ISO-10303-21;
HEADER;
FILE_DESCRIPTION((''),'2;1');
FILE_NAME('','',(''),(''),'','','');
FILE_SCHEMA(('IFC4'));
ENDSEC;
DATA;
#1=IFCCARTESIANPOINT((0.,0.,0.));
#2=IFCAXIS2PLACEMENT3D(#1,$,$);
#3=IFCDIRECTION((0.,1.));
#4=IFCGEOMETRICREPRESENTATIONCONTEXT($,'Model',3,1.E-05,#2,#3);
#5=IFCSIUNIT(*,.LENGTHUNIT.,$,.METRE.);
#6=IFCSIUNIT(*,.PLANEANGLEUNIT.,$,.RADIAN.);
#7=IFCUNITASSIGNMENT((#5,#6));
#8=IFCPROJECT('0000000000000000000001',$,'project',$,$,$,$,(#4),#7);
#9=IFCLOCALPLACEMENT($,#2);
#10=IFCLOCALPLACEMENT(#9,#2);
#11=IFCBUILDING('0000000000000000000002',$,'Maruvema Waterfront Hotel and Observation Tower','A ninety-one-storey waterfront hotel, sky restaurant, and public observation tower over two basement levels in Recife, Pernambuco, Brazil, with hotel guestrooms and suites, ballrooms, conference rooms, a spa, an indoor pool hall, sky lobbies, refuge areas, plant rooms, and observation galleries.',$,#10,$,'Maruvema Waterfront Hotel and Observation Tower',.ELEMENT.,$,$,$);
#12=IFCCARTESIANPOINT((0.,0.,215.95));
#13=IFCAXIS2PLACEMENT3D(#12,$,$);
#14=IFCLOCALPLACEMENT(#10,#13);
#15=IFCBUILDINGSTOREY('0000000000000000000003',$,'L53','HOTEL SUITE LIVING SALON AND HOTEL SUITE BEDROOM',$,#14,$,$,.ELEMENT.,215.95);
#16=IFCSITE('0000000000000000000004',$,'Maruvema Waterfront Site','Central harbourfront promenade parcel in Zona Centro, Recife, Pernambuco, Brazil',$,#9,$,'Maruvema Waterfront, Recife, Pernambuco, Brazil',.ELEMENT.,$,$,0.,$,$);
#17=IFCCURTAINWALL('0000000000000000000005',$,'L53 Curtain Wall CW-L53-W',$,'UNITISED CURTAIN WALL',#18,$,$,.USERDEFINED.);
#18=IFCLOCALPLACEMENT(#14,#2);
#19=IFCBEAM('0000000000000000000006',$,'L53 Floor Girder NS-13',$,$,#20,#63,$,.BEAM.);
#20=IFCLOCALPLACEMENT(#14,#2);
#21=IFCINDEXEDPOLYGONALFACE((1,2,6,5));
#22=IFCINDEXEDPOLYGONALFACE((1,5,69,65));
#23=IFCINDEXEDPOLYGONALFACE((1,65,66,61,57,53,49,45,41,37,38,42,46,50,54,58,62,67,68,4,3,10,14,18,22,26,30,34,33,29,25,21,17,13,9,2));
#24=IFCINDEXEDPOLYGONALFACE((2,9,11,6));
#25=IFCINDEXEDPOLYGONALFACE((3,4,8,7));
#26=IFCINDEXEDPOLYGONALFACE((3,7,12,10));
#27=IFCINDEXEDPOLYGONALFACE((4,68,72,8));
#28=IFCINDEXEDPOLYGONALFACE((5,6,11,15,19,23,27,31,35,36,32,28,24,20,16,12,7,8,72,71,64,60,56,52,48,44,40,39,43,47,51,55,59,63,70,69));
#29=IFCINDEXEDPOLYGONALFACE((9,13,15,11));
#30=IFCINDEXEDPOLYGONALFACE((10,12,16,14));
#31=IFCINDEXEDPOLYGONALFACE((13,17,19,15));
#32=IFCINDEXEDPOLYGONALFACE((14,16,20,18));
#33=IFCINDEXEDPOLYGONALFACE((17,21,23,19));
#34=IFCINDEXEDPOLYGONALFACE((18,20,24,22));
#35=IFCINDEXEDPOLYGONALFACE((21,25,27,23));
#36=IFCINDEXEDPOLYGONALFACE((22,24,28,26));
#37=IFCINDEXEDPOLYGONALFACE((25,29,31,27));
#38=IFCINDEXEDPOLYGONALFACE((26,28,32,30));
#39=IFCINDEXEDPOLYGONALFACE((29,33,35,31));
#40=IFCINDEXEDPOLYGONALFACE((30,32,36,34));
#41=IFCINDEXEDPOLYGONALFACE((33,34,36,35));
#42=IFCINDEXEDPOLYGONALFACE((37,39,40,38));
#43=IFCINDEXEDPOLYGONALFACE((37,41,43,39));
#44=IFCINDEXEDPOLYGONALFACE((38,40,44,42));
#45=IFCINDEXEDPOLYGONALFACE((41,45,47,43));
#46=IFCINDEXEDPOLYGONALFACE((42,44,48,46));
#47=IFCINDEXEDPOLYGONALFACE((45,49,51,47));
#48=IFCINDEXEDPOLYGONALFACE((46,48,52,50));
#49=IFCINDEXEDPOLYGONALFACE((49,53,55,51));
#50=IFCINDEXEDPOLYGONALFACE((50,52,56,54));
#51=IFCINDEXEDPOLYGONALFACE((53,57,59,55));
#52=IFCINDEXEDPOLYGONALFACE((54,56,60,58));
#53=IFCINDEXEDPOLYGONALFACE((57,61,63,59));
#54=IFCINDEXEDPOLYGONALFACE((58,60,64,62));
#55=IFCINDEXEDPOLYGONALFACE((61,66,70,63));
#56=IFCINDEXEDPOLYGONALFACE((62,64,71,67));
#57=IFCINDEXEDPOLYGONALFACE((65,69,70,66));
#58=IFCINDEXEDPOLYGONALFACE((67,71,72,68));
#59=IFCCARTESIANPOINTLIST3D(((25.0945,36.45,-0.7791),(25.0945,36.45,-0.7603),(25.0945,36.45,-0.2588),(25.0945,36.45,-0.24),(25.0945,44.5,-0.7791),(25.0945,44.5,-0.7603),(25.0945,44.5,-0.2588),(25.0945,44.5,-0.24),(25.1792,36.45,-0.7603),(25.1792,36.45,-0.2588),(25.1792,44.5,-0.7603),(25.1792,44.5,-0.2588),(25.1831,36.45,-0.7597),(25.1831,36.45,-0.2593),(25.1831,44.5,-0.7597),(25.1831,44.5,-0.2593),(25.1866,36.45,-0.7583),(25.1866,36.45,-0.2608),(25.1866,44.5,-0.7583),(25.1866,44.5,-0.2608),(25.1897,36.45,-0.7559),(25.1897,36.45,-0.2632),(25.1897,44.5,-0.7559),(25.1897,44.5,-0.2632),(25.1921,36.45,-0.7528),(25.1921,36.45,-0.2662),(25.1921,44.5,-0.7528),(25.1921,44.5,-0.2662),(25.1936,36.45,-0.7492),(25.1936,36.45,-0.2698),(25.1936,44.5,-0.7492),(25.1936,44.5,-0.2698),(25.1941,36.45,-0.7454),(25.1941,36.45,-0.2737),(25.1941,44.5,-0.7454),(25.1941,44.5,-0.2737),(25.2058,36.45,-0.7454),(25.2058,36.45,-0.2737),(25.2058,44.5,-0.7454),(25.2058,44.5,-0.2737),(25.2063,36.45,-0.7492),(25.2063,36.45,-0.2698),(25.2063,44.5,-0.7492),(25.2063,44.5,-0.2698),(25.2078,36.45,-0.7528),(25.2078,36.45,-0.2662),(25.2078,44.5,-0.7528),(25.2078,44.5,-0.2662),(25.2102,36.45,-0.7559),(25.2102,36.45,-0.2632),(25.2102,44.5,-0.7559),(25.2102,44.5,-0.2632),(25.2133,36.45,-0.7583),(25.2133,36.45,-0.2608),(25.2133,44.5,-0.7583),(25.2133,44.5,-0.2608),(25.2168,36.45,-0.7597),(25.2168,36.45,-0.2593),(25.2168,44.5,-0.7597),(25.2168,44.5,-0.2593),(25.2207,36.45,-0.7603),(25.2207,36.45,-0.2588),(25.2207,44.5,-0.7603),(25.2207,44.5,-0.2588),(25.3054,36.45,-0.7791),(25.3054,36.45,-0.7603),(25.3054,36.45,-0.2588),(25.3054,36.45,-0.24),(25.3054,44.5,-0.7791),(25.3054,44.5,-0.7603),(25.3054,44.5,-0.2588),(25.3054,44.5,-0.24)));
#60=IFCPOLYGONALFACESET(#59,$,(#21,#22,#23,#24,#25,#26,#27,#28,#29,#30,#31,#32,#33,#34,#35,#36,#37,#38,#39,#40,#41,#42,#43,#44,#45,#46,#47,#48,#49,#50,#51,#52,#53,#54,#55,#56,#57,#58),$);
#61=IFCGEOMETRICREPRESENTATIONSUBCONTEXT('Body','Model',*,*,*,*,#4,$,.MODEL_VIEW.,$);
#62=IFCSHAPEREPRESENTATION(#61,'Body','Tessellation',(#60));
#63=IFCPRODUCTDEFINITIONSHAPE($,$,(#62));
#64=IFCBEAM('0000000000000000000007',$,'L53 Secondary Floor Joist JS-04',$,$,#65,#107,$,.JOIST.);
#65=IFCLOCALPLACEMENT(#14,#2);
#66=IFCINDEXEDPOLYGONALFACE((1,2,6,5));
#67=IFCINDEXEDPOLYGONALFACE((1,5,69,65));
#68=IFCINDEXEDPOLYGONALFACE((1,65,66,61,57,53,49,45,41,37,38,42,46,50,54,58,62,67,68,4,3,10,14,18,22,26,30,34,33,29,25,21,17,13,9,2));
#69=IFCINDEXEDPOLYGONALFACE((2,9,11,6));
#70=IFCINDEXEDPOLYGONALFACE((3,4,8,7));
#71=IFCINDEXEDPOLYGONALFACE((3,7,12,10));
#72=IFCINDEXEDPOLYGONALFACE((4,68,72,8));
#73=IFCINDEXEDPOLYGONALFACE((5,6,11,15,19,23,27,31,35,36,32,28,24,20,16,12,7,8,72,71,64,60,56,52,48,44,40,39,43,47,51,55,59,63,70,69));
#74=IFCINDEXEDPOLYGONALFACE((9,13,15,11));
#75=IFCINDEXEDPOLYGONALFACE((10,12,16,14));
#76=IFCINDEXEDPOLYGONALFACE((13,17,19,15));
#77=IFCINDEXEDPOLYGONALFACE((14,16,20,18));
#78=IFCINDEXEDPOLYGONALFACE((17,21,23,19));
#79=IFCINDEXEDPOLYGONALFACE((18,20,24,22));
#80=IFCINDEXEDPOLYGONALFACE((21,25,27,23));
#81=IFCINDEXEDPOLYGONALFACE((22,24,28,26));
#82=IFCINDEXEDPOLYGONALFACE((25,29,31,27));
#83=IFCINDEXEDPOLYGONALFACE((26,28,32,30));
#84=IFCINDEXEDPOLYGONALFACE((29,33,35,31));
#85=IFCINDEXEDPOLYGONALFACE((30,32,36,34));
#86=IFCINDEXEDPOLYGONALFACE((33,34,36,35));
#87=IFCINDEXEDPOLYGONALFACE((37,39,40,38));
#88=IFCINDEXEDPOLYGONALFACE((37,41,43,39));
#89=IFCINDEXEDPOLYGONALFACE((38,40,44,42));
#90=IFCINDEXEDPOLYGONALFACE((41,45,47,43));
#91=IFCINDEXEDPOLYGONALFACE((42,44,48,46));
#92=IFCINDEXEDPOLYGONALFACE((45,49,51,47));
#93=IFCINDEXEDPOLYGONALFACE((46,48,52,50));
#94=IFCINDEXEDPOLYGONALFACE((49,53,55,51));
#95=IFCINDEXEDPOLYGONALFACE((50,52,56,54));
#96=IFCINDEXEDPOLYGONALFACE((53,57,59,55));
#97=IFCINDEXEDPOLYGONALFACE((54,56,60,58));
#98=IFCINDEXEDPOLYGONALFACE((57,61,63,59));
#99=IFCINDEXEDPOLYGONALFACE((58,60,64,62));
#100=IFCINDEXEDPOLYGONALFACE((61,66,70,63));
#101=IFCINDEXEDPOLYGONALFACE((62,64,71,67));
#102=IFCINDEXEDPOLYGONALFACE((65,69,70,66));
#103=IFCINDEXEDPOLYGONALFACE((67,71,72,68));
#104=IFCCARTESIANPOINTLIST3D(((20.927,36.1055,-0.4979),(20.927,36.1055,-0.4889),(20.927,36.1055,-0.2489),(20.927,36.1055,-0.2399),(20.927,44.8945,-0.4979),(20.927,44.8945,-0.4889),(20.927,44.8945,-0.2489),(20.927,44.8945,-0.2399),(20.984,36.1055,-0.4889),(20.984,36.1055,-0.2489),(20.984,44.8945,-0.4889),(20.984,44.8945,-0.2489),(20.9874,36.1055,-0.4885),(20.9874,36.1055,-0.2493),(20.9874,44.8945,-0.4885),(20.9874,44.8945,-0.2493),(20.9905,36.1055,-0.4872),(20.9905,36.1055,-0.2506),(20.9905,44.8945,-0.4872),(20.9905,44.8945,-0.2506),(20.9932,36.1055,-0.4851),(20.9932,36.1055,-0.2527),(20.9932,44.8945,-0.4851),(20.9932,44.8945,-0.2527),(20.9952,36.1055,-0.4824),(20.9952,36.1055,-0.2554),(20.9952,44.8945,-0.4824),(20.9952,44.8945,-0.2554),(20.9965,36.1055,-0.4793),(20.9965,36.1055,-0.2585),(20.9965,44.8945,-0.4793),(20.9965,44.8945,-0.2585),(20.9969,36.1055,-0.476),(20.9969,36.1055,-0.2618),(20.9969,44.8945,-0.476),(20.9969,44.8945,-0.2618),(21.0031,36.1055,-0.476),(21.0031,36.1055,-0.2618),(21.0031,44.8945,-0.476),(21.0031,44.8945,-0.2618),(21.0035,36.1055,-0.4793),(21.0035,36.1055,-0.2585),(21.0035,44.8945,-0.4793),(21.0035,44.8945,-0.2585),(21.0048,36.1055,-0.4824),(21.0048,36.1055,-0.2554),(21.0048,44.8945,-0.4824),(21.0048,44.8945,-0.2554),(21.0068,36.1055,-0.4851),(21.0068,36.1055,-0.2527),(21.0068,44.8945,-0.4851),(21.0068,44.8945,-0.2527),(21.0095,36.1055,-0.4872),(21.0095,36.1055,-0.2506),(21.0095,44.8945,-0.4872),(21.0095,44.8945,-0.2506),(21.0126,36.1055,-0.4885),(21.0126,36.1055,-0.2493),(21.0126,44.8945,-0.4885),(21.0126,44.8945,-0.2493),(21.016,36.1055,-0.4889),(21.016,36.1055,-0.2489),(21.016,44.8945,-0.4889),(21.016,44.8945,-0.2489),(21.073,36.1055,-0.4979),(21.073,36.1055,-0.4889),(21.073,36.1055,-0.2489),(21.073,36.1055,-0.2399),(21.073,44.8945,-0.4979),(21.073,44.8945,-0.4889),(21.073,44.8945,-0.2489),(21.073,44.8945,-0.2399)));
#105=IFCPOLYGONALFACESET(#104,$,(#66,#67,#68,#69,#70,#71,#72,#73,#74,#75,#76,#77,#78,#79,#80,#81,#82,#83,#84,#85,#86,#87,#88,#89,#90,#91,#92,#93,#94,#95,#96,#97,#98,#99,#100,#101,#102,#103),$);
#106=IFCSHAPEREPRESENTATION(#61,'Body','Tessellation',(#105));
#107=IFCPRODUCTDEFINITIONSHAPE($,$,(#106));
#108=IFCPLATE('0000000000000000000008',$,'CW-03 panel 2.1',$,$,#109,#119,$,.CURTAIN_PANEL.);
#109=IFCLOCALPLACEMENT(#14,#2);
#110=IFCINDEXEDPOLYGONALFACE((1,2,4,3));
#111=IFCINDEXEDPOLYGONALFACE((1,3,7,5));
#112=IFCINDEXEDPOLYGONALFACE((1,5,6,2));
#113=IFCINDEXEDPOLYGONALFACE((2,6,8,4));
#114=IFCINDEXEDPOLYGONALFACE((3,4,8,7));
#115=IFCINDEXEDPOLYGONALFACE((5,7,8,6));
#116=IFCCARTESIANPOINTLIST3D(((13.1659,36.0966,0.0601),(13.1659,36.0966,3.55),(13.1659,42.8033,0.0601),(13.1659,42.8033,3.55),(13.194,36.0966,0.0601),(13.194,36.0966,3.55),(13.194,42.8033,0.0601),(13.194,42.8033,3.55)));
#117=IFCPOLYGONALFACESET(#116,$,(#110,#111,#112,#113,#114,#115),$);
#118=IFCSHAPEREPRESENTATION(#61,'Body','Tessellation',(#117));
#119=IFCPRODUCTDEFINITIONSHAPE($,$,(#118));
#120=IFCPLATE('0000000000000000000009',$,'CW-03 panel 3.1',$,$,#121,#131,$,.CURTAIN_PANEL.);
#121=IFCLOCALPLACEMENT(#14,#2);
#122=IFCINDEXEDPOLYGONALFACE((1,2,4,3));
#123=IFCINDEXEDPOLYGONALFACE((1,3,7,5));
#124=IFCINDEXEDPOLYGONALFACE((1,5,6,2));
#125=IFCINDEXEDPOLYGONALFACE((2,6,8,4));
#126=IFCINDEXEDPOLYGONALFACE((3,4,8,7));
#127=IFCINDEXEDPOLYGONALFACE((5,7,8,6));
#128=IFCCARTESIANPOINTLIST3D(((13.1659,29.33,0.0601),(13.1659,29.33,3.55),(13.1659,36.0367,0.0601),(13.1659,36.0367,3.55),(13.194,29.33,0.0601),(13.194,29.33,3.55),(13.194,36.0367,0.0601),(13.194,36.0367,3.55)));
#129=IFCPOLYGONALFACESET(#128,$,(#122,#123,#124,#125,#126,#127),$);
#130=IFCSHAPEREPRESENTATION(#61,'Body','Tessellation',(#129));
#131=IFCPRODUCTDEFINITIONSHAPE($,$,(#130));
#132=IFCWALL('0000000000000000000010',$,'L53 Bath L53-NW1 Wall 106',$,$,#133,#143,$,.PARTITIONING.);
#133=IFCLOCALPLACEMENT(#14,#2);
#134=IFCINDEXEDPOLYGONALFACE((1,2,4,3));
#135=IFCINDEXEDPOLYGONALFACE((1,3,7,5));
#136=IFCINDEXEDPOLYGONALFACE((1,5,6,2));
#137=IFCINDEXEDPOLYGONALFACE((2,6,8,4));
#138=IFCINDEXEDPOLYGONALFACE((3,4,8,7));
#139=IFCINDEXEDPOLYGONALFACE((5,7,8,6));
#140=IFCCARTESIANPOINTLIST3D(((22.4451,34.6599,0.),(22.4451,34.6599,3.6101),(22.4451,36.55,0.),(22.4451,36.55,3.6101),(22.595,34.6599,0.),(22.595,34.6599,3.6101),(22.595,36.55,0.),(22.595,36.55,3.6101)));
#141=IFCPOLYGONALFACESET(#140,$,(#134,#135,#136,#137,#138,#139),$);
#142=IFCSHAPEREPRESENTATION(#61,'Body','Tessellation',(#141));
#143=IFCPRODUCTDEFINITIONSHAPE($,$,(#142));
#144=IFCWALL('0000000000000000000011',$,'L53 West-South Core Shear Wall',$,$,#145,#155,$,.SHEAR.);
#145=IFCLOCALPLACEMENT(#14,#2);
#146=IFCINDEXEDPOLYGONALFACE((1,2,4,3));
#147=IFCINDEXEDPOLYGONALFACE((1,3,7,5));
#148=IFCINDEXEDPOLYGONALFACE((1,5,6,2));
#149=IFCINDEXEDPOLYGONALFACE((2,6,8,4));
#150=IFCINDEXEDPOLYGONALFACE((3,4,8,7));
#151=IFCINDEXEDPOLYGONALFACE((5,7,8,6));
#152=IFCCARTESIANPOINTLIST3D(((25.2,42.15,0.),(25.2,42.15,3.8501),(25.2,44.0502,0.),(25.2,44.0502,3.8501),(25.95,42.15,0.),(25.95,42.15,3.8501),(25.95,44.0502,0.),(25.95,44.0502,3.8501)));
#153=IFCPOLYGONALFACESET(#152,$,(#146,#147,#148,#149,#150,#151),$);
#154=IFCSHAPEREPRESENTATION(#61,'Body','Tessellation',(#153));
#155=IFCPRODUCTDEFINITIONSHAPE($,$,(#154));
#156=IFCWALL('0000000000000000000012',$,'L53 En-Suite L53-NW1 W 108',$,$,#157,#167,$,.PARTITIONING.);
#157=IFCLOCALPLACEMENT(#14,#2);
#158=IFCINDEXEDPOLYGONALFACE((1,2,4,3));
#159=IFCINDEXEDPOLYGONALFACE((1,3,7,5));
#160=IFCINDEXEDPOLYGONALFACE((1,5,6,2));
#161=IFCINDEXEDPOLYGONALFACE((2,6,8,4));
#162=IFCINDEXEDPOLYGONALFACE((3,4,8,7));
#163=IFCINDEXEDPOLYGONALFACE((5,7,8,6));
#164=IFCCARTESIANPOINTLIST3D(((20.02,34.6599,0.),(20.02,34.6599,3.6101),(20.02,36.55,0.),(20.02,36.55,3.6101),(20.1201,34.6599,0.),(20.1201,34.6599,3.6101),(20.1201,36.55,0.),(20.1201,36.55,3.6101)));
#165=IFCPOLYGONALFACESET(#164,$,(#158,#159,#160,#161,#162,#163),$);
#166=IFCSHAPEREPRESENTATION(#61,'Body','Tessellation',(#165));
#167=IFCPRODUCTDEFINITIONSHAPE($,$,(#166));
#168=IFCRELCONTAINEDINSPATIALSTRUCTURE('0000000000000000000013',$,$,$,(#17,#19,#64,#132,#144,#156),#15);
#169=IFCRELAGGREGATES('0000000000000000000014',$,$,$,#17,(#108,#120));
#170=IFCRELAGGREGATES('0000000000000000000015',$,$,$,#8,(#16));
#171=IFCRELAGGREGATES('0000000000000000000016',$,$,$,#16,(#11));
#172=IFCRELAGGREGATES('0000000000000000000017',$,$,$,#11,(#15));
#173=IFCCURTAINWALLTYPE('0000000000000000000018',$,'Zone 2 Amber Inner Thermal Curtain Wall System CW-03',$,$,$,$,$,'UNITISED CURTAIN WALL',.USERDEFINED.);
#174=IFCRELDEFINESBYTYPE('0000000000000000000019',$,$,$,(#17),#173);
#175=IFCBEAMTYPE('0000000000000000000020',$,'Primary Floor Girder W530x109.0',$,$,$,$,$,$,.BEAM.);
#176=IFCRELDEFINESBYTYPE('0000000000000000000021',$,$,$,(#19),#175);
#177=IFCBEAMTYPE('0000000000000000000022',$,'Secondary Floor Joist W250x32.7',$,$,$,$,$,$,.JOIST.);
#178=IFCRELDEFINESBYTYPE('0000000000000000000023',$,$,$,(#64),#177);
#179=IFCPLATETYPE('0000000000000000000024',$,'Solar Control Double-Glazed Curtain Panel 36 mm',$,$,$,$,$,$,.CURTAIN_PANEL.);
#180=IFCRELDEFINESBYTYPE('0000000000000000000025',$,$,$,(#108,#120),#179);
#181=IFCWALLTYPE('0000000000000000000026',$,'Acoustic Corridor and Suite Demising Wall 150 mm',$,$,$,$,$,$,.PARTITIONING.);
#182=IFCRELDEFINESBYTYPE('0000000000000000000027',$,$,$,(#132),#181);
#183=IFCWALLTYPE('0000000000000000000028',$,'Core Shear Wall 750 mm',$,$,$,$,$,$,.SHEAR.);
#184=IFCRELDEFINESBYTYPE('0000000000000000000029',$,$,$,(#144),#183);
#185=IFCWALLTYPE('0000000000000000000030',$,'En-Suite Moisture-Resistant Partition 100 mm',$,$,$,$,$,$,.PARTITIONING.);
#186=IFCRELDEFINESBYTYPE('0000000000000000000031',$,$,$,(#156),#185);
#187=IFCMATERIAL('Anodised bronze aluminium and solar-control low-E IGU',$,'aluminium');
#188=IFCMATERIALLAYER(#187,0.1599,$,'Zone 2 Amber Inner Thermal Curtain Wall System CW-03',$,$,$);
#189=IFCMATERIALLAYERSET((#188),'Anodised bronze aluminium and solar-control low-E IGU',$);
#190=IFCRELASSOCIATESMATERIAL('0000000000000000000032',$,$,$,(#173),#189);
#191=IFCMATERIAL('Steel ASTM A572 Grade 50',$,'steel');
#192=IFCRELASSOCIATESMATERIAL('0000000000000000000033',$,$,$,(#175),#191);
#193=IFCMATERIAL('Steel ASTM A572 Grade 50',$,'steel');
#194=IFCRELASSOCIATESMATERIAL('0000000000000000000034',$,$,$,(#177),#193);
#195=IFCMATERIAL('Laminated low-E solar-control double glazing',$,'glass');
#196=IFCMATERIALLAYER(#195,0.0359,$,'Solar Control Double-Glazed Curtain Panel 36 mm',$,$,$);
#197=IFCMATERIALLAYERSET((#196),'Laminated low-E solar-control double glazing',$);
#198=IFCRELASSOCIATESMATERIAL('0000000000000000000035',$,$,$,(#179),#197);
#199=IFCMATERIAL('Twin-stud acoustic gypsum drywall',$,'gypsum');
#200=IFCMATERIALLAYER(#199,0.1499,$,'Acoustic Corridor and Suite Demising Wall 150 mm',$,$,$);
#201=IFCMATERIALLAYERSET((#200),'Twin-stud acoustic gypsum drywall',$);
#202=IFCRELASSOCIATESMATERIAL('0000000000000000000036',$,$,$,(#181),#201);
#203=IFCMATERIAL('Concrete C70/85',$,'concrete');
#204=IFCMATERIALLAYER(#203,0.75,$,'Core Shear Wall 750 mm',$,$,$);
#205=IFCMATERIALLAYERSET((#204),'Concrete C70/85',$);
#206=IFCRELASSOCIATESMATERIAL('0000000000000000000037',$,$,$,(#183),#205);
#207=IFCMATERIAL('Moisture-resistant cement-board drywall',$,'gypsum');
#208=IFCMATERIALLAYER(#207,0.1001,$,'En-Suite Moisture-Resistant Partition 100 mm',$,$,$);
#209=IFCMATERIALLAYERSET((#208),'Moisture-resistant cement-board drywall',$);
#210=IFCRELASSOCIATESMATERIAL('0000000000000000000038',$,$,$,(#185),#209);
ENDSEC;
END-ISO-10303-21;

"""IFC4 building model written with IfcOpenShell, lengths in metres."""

from ifc_helpers import new_model, si_unit, direction, frame, frame_2d, origin, origin_2d, place, context, subcontext, project, spatial, rectangle, i_section, extrude, material, layer, layer_set, material_profile, profile_set, type_object, element, aggregate, save


model = new_model("IFC4")

# Units and contexts
model_context = context("Model", 3, precision=1e-05, world=origin(), true_north=direction((0.0, 1.0)))
body_context = subcontext(model_context, "Body", "Model", "MODEL_VIEW")
ifc_project = project(units=[si_unit("LENGTHUNIT", "METRE"), si_unit("PLANEANGLEUNIT", "RADIAN")], contexts=[model_context])

# Site, building, storey
site_placement = place(None, origin())
site = spatial("IfcSite", under=ifc_project, at=site_placement, Name="Maruvema Waterfront Site", Description="Central harbourfront promenade parcel in Zona Centro, Recife, Pernambuco, Brazil", LongName="Maruvema Waterfront, Recife, Pernambuco, Brazil", CompositionType="ELEMENT", RefElevation=0.0)
building_placement = place(site_placement, origin())
building = spatial("IfcBuilding", under=site, at=building_placement, Name="Maruvema Waterfront Hotel and Observation Tower", Description="A ninety-one-storey waterfront hotel, sky restaurant, and public observation tower over two basement levels in Recife, Pernambuco, Brazil, with hotel guestrooms and suites, ballrooms, conference rooms, a spa, an indoor pool hall, sky lobbies, refuge areas, plant rooms, and observation galleries.", LongName="Maruvema Waterfront Hotel and Observation Tower", CompositionType="ELEMENT")
storey_placement = place(building_placement, frame((0.0, 0.0, 215.95)))
storey = spatial("IfcBuildingStorey", under=building, at=storey_placement, Name="L53", Description="HOTEL SUITE LIVING SALON AND HOTEL SUITE BEDROOM", CompositionType="ELEMENT", Elevation=215.95)

# Curtain wall
ifc_material_1 = material(Name="Anodised bronze aluminium and solar-control low-E IGU", Category="aluminium")
ifc_layer_1 = layer(ifc_material_1, 0.1599, Name="Zone 2 Amber Inner Thermal Curtain Wall System CW-03")
ifc_layer_set_1 = layer_set([ifc_layer_1], Name="Anodised bronze aluminium and solar-control low-E IGU")
curtain_wall_type = type_object("IfcCurtainWallType", Name="Zone 2 Amber Inner Thermal Curtain Wall System CW-03", ElementType="UNITISED CURTAIN WALL", PredefinedType="USERDEFINED", material=ifc_layer_set_1)
curtain_wall_placement = place(storey_placement, origin())
curtain_wall = element("IfcCurtainWall", 1, at=curtain_wall_placement, inside=storey, type_object=curtain_wall_type, Name="L53 Curtain Wall CW-L53-W", ObjectType="UNITISED CURTAIN WALL", PredefinedType="USERDEFINED")

# Beams
ifc_material_2 = material(Name="Steel ASTM A572 Grade 50", Category="steel")
ifc_material_profile_1 = material_profile(ifc_material_2, i_section(OverallWidth=0.2109, OverallDepth=0.5391, WebThickness=0.0117, FlangeThickness=0.0188, FilletRadius=0.0149, at=origin_2d()), Name="W530x109.0")
ifc_profile_set_1 = profile_set([ifc_material_profile_1], Name="Steel ASTM A572 Grade 50")
beam_type_1 = type_object("IfcBeamType", Name="Primary Floor Girder W530x109.0", PredefinedType="BEAM", material=ifc_profile_set_1)
beam_1_placement = place(storey_placement, frame((25.2, 36.45, -0.5095), z_axis=(0.0, 1.0, 0.0), x_axis=(-1.0, 0.0, 0.0)))
element("IfcBeam", 2, at=beam_1_placement, inside=storey, type_object=beam_type_1, Name="L53 Floor Girder NS-13", PredefinedType="BEAM", context=body_context, shape_type="SweptSolid", body=[
    extrude(i_section(OverallWidth=0.2109, OverallDepth=0.5391, WebThickness=0.0117, FlangeThickness=0.0188, FilletRadius=0.0149, at=origin_2d()), origin(), (0.0, 0.0, 1.0), 8.05),
])
ifc_material_3 = material(Name="Steel ASTM A572 Grade 50", Category="steel")
ifc_material_profile_2 = material_profile(ifc_material_3, i_section(OverallWidth=0.146, OverallDepth=0.2581, WebThickness=0.0061, FlangeThickness=0.009, FilletRadius=0.0129, at=origin_2d()), Name="W250x32.7")
ifc_profile_set_2 = profile_set([ifc_material_profile_2], Name="Steel ASTM A572 Grade 50")
beam_type_2 = type_object("IfcBeamType", Name="Secondary Floor Joist W250x32.7", PredefinedType="JOIST", material=ifc_profile_set_2)
beam_2_placement = place(storey_placement, frame((21.0, 36.1055, -0.3689), z_axis=(0.0, 1.0, 0.0), x_axis=(-1.0, 0.0, 0.0)))
element("IfcBeam", 3, at=beam_2_placement, inside=storey, type_object=beam_type_2, Name="L53 Secondary Floor Joist JS-04", PredefinedType="JOIST", context=body_context, shape_type="SweptSolid", body=[
    extrude(i_section(OverallWidth=0.146, OverallDepth=0.2581, WebThickness=0.0061, FlangeThickness=0.009, FilletRadius=0.0129, at=origin_2d()), origin(), (0.0, 0.0, 1.0), 8.7891),
])

# Plates
ifc_material_4 = material(Name="Laminated low-E solar-control double glazing", Category="glass")
ifc_layer_2 = layer(ifc_material_4, 0.0359, Name="Solar Control Double-Glazed Curtain Panel 36 mm")
ifc_layer_set_2 = layer_set([ifc_layer_2], Name="Laminated low-E solar-control double glazing")
plate_type = type_object("IfcPlateType", Name="Solar Control Double-Glazed Curtain Panel 36 mm", PredefinedType="CURTAIN_PANEL", material=ifc_layer_set_2)
plate_1_placement = place(storey_placement, frame((13.1799, 39.45, 0.0601), z_axis=(0.0, 0.0, 1.0), x_axis=(0.0, -1.0, 0.0)))
plate_1 = element("IfcPlate", 4, at=plate_1_placement, type_object=plate_type, Name="CW-03 panel 2.1", PredefinedType="CURTAIN_PANEL", context=body_context, shape_type="SweptSolid", body=[
    extrude(rectangle(XDim=6.7068, YDim=0.0281, at=origin_2d()), origin(), (0.0, 0.0, 1.0), 3.49),
])
plate_2_placement = place(storey_placement, frame((13.1799, 32.6833, 0.0601), z_axis=(0.0, 0.0, 1.0), x_axis=(0.0, -1.0, 0.0)))
plate_2 = element("IfcPlate", 5, at=plate_2_placement, type_object=plate_type, Name="CW-03 panel 3.1", PredefinedType="CURTAIN_PANEL", context=body_context, shape_type="SweptSolid", body=[
    extrude(rectangle(XDim=6.7068, YDim=0.0281, at=origin_2d()), origin(), (0.0, 0.0, 1.0), 3.49),
])
aggregate(curtain_wall, [plate_1, plate_2])

# Wall
ifc_material_5 = material(Name="Twin-stud acoustic gypsum drywall", Category="gypsum")
ifc_layer_3 = layer(ifc_material_5, 0.1499, Name="Acoustic Corridor and Suite Demising Wall 150 mm")
ifc_layer_set_3 = layer_set([ifc_layer_3], Name="Twin-stud acoustic gypsum drywall")
wall_type_1 = type_object("IfcWallType", Name="Acoustic Corridor and Suite Demising Wall 150 mm", PredefinedType="PARTITIONING", material=ifc_layer_set_3)
wall_1_placement = place(storey_placement, frame((22.52, 34.6599, 0.0), z_axis=(0.0, 0.0, 1.0), x_axis=(0.0, 1.0, 0.0)))
element("IfcWall", 6, at=wall_1_placement, inside=storey, type_object=wall_type_1, Name="L53 Bath L53-NW1 Wall 106", PredefinedType="PARTITIONING", context=body_context, shape_type="SweptSolid", body=[
    extrude(rectangle(XDim=1.8901, YDim=0.1499, at=frame_2d((0.9451, 0.0))), origin(), (0.0, 0.0, 1.0), 3.6101),
])

# Shared definitions
ifc_material_6 = material(Name="Concrete C70/85", Category="concrete")
ifc_layer_4 = layer(ifc_material_6, 0.75, Name="Core Shear Wall 750 mm")
ifc_layer_set_4 = layer_set([ifc_layer_4], Name="Concrete C70/85")
wall_type_2 = type_object("IfcWallType", Name="Core Shear Wall 750 mm", PredefinedType="SHEAR", material=ifc_layer_set_4)

# Walls
wall_2_placement = place(storey_placement, frame((25.575, 42.1499, 0.0), z_axis=(0.0, 0.0, 1.0), x_axis=(0.0, 1.0, 0.0)))
element("IfcWall", 7, at=wall_2_placement, inside=storey, type_object=wall_type_2, Name="L53 West-South Core Shear Wall", PredefinedType="SHEAR", context=body_context, shape_type="SweptSolid", body=[
    extrude(rectangle(XDim=1.9001, YDim=0.75, at=frame_2d((0.9502, 0.0))), origin(), (0.0, 0.0, 1.0), 3.8501),
])
ifc_material_7 = material(Name="Moisture-resistant cement-board drywall", Category="gypsum")
ifc_layer_5 = layer(ifc_material_7, 0.1001, Name="En-Suite Moisture-Resistant Partition 100 mm")
ifc_layer_set_5 = layer_set([ifc_layer_5], Name="Moisture-resistant cement-board drywall")
wall_type_3 = type_object("IfcWallType", Name="En-Suite Moisture-Resistant Partition 100 mm", PredefinedType="PARTITIONING", material=ifc_layer_set_5)
wall_3_placement = place(storey_placement, frame((20.0701, 34.6599, 0.0), z_axis=(0.0, 0.0, 1.0), x_axis=(0.0, 1.0, 0.0)))
element("IfcWall", 8, at=wall_3_placement, inside=storey, type_object=wall_type_3, Name="L53 En-Suite L53-NW1 W 108", PredefinedType="PARTITIONING", context=body_context, shape_type="SweptSolid", body=[
    extrude(rectangle(XDim=1.8901, YDim=0.1001, at=frame_2d((0.9451, 0.0))), origin(), (0.0, 0.0, 1.0), 3.6101),
])

save(model, "model.ifc")
